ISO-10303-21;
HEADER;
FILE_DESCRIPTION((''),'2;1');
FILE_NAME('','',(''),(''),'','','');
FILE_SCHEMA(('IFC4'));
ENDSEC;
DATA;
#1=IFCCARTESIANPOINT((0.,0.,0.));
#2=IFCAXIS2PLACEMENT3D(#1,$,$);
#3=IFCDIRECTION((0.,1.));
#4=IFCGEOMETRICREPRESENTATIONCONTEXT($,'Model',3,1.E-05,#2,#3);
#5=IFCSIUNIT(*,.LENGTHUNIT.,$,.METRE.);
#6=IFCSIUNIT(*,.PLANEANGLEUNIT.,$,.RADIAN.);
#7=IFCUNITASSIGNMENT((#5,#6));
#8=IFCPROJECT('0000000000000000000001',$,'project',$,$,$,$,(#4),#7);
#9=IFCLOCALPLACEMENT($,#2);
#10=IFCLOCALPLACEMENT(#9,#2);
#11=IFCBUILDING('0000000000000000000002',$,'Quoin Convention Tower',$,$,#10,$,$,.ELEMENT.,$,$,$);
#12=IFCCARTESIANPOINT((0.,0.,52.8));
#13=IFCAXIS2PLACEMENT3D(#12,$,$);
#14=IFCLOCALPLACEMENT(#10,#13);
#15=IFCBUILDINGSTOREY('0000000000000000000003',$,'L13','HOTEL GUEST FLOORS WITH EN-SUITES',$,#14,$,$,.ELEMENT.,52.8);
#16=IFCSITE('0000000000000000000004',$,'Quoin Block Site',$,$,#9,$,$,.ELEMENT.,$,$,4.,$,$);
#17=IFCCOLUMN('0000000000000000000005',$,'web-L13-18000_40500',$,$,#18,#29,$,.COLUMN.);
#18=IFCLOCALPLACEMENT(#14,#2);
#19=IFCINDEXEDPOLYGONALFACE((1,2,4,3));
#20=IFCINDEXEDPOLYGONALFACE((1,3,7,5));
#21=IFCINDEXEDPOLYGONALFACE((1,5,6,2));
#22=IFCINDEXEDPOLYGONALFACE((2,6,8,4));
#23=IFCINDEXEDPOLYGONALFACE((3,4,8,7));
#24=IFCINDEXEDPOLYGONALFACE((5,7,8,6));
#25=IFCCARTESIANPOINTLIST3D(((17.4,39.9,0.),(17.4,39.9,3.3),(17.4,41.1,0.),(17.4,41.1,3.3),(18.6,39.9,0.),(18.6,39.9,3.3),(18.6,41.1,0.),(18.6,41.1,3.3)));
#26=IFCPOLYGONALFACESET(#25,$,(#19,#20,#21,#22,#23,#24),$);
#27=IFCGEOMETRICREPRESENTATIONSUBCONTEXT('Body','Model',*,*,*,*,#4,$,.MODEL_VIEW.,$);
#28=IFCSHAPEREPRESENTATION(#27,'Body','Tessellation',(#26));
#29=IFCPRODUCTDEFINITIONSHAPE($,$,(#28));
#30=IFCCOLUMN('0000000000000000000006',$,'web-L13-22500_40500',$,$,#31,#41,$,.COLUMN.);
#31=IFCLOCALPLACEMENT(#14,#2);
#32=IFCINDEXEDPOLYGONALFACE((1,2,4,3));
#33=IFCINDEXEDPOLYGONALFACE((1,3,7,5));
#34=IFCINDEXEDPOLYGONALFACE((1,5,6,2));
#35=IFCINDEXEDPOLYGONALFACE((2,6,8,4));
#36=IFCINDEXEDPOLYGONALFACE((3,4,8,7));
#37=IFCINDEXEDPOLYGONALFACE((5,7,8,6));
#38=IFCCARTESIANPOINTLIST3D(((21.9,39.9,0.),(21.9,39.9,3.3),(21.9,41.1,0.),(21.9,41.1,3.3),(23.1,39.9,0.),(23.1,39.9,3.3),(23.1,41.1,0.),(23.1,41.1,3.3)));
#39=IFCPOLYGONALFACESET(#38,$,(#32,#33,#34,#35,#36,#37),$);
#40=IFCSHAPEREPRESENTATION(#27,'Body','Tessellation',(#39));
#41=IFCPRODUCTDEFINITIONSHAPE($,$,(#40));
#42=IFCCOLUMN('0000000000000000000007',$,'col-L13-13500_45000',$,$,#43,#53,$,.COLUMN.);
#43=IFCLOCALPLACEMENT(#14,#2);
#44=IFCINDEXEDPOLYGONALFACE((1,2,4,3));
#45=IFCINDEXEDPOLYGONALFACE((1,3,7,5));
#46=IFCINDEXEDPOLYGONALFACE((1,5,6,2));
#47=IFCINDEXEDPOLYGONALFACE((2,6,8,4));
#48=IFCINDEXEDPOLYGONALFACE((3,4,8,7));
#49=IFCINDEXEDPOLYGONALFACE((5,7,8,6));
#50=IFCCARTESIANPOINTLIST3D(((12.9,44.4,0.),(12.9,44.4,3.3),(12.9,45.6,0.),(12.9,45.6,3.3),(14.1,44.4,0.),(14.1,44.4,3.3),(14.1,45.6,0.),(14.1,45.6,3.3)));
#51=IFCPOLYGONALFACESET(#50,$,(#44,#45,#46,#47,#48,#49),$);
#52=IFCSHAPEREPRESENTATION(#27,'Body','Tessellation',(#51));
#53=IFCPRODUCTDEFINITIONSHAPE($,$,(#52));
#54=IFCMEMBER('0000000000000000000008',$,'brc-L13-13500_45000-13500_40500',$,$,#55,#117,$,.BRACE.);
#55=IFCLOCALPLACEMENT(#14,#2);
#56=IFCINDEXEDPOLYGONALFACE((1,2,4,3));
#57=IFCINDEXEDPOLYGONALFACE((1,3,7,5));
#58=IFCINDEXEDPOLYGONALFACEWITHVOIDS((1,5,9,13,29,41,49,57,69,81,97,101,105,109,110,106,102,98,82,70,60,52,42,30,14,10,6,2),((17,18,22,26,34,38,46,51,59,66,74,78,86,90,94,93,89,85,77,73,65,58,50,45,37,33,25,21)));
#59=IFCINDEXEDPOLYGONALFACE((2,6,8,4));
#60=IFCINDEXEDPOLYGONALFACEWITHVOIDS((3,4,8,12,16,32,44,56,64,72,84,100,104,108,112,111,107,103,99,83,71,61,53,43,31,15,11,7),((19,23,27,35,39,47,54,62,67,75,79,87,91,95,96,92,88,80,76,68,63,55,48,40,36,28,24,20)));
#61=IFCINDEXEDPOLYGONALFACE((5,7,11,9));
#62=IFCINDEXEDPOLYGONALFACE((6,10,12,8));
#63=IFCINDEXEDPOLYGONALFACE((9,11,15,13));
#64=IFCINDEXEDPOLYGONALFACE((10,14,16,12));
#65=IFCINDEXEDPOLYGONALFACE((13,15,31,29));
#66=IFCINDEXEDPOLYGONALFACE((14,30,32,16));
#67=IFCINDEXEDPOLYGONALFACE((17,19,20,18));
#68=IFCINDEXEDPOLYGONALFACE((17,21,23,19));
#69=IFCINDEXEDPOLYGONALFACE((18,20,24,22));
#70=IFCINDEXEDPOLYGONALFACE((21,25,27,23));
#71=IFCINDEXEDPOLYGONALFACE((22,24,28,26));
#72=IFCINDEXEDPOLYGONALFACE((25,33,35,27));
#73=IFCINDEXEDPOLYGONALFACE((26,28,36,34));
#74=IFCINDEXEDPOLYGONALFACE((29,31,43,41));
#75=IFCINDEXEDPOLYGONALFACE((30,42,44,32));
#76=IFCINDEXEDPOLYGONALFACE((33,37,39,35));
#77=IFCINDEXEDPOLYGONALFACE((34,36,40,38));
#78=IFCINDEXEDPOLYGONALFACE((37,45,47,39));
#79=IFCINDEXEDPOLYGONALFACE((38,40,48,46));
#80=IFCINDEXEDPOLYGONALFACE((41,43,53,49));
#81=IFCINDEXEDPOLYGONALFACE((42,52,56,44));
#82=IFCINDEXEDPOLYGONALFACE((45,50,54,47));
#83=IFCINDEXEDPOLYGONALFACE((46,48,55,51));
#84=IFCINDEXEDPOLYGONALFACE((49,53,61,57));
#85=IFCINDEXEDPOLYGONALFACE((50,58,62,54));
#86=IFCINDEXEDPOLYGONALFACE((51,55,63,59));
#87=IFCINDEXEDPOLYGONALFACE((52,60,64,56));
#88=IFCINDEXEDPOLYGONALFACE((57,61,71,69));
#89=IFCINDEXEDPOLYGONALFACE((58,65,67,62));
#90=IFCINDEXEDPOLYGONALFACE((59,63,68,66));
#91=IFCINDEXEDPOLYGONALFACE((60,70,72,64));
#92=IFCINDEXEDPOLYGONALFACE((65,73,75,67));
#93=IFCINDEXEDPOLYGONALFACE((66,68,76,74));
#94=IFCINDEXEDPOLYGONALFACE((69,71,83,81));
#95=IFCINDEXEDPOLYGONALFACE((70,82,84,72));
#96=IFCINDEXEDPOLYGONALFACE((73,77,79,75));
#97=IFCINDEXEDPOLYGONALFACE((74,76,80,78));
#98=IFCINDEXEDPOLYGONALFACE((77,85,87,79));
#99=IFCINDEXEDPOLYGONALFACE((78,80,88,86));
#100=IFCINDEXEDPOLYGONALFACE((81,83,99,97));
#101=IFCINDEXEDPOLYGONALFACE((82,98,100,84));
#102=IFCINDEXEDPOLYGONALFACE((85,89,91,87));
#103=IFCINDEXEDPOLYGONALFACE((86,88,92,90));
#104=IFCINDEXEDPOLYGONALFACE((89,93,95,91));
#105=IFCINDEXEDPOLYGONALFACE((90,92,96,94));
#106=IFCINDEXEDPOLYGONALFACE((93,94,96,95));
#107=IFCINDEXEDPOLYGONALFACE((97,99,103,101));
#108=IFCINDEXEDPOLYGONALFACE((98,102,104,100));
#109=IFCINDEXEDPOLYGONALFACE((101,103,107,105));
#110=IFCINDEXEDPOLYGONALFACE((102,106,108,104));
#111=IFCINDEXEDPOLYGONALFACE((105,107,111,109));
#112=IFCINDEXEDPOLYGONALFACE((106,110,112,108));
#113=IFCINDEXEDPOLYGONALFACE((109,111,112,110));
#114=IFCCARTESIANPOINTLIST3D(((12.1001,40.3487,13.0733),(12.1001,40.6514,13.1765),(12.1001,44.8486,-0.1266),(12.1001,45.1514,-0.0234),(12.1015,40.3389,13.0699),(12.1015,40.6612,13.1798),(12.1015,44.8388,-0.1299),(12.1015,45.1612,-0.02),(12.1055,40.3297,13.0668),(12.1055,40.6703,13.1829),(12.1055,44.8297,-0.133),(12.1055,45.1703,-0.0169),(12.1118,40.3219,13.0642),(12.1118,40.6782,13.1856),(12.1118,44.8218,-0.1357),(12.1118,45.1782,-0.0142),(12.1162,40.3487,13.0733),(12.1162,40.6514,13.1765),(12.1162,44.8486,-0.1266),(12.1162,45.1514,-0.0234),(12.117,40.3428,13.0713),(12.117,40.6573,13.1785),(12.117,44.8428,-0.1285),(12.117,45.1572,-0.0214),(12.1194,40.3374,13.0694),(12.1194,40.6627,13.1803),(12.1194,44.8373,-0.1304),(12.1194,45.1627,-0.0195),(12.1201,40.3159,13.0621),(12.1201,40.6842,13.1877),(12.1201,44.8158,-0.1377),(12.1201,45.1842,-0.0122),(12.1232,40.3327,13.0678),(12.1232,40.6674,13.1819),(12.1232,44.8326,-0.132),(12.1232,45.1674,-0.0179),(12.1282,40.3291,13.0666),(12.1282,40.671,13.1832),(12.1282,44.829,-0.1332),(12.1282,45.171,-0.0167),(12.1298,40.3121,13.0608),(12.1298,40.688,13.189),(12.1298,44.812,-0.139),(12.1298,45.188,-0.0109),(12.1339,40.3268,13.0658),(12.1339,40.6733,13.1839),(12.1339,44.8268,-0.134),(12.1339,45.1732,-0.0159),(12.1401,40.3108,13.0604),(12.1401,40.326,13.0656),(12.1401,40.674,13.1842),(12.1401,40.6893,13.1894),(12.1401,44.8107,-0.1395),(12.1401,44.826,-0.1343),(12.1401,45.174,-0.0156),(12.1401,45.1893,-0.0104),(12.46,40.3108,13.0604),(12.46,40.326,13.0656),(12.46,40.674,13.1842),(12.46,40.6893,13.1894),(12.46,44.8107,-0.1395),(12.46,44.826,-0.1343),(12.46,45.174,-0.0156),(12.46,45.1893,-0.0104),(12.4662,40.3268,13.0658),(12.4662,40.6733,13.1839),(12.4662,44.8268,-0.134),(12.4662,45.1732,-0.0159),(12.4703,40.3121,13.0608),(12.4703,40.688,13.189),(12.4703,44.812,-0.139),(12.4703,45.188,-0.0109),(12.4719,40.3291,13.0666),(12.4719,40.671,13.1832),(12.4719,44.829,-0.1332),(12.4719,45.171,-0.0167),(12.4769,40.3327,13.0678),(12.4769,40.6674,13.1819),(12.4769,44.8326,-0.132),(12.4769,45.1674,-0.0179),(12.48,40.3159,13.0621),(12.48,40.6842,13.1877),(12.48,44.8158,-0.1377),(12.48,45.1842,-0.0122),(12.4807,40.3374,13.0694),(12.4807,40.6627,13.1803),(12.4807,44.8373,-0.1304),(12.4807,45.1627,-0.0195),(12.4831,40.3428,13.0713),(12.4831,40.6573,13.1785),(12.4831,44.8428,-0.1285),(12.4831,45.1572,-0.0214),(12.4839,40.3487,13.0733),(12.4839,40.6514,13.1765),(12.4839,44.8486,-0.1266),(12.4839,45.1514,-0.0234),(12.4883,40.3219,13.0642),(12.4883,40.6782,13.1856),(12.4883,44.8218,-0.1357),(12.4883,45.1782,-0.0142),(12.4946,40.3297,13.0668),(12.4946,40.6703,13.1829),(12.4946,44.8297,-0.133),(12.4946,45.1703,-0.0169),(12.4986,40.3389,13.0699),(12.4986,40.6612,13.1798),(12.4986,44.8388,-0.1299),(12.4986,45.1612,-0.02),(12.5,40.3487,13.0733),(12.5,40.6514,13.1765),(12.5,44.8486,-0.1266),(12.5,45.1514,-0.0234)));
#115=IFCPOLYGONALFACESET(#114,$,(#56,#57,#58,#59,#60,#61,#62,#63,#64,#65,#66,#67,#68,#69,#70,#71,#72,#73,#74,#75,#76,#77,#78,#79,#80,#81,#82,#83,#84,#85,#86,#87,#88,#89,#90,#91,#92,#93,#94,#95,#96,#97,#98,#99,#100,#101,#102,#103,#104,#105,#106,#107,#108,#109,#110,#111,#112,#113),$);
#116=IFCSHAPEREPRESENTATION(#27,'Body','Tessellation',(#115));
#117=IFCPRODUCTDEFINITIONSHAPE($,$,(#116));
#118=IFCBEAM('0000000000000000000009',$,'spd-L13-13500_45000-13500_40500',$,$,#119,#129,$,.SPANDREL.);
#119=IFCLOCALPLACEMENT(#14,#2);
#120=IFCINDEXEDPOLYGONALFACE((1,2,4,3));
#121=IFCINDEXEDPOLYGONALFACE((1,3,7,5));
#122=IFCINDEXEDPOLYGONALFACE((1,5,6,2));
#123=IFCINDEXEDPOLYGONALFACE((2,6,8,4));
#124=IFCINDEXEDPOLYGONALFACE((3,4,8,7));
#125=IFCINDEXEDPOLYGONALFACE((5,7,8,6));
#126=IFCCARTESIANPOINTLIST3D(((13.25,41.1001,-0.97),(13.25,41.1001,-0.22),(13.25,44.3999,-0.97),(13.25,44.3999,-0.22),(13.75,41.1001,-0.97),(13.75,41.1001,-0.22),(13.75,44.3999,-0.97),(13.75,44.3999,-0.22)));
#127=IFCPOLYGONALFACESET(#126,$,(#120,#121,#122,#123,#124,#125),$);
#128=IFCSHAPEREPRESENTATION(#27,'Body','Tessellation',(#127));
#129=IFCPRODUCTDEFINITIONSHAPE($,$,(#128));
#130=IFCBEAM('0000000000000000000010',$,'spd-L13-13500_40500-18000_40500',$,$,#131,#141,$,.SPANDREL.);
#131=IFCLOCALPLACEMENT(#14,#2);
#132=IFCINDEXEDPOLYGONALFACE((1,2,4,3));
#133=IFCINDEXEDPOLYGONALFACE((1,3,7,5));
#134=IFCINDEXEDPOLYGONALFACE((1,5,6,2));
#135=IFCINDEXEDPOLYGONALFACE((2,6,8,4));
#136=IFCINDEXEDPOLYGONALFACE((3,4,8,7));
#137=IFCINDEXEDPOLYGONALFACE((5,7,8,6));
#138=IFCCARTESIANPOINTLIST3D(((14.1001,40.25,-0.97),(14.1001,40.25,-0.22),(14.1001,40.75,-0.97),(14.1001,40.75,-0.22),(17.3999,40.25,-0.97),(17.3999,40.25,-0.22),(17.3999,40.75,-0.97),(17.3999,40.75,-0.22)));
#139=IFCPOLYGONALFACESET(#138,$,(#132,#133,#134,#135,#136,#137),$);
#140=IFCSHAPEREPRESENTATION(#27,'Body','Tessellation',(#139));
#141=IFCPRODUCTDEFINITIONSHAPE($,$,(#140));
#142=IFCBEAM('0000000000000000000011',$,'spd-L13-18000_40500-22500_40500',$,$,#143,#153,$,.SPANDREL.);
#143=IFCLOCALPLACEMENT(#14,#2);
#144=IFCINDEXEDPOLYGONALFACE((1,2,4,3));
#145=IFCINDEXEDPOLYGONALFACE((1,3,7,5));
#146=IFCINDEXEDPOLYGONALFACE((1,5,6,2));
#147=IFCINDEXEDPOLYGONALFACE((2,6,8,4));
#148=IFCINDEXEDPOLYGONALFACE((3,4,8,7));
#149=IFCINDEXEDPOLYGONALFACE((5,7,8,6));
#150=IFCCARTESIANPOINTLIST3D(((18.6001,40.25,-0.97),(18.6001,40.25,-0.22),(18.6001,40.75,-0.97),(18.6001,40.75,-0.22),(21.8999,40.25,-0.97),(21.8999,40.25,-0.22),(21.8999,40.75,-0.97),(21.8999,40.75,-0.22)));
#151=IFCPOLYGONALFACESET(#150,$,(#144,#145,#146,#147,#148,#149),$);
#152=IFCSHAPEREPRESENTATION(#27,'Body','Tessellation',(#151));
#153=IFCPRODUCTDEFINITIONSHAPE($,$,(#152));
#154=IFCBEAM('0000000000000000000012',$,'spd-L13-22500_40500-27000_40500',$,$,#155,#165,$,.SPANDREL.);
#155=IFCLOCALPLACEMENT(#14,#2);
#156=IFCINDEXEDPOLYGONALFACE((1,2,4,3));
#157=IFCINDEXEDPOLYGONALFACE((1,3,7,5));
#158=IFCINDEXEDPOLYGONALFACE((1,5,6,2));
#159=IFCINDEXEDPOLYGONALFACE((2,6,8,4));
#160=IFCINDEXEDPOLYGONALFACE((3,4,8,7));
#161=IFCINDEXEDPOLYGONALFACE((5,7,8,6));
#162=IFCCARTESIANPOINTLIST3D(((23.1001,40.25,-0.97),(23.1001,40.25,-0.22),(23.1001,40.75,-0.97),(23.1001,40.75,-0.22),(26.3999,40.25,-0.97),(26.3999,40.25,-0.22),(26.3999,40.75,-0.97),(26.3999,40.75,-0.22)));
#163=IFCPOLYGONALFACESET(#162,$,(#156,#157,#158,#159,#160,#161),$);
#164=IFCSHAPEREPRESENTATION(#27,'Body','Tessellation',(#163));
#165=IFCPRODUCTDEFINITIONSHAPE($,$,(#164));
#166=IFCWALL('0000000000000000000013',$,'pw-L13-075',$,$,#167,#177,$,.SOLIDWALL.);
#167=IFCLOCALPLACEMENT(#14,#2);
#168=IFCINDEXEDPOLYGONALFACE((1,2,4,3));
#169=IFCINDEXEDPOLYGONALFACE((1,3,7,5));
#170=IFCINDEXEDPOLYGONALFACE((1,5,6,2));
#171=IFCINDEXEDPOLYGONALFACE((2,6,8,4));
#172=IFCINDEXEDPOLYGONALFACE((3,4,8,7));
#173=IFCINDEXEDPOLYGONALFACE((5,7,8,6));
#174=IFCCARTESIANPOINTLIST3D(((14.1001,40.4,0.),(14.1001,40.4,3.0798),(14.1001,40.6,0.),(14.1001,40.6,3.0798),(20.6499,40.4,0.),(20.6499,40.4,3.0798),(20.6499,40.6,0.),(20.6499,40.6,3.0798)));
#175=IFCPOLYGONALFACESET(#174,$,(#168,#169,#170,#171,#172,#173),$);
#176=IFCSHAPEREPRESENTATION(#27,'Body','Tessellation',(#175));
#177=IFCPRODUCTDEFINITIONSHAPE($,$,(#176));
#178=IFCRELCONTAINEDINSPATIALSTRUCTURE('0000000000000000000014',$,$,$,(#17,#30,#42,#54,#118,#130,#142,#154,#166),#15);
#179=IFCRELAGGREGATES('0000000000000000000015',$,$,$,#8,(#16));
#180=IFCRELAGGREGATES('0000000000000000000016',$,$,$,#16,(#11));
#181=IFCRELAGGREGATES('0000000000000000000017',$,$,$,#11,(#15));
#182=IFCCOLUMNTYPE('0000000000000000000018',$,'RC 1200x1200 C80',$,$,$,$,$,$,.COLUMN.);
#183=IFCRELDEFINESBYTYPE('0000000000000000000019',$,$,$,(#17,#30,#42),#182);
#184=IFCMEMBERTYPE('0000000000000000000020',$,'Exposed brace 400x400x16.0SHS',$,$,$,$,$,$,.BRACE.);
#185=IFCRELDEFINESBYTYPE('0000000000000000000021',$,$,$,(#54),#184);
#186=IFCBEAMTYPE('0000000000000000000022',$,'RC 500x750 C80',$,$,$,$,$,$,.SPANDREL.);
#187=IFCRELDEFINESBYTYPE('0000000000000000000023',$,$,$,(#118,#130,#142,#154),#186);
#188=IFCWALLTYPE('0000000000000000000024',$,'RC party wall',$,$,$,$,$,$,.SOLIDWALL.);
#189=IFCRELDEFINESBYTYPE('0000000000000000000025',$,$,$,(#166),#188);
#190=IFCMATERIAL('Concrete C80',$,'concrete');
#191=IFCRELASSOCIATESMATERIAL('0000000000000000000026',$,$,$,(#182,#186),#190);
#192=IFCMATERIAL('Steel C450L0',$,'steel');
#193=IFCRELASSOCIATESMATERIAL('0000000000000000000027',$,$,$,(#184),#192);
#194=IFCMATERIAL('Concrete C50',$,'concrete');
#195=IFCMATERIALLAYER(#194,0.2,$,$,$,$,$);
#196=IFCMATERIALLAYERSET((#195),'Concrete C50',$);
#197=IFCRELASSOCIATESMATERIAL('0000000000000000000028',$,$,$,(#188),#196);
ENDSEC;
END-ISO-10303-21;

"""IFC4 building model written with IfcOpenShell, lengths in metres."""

from ifc_helpers import new_model, si_unit, direction, frame, frame_2d, origin, origin_2d, place, context, subcontext, project, spatial, rectangle, hollow_rectangle, extrude, material, layer, layer_set, material_profile, profile_set, type_object, element, save


model = new_model("IFC4")

# Units and contexts
model_context = context("Model", 3, precision=1e-05, world=origin(), true_north=direction((0.0, 1.0)))
body_context = subcontext(model_context, "Body", "Model", "MODEL_VIEW")
ifc_project = project(units=[si_unit("LENGTHUNIT", "METRE"), si_unit("PLANEANGLEUNIT", "RADIAN")], contexts=[model_context])

# Site, building, storey
site_placement = place(None, origin())
site = spatial("IfcSite", under=ifc_project, at=site_placement, Name="Quoin Block Site", CompositionType="ELEMENT", RefElevation=4.0)
building_placement = place(site_placement, origin())
building = spatial("IfcBuilding", under=site, at=building_placement, Name="Quoin Convention Tower", CompositionType="ELEMENT")
storey_placement = place(building_placement, frame((0.0, 0.0, 52.8)))
storey = spatial("IfcBuildingStorey", under=building, at=storey_placement, Name="L13", Description="HOTEL GUEST FLOORS WITH EN-SUITES", CompositionType="ELEMENT", Elevation=52.8)

# Columns
ifc_material_1 = material(Name="Concrete C80", Category="concrete")
ifc_material_profile_1 = material_profile(ifc_material_1, rectangle(XDim=1.2, YDim=1.2, at=origin_2d()), Name="RC 1200x1200")
ifc_profile_set_1 = profile_set([ifc_material_profile_1], Name="Concrete C80")
column_type = type_object("IfcColumnType", Name="RC 1200x1200 C80", PredefinedType="COLUMN", material=ifc_profile_set_1)
for number, where, z_axis, x_axis, name in (
    (1, (18.0, 40.5, 0.0), (0.0, 0.0, 1.0), (1.0, 0.0, 0.0), "web-L13-18000_40500"),
    (2, (22.5, 40.5, 0.0), (0.0, 0.0, 1.0), (1.0, 0.0, 0.0), "web-L13-22500_40500"),
    (3, (13.5, 45.0, 0.0), (0.0, 0.0, 1.0), (1.0, 0.0, 0.0), "col-L13-13500_45000"),
):
    element("IfcColumn", number, at=place(storey_placement, frame(where, z_axis=z_axis, x_axis=x_axis)), inside=storey, type_object=column_type, Name=name, PredefinedType="COLUMN", context=body_context, shape_type="SweptSolid", body=[
        extrude(rectangle(XDim=1.2, YDim=1.2, at=origin_2d()), origin(), (0.0, 0.0, 1.0), 3.3),
    ])

# Member
ifc_material_2 = material(Name="Steel C450L0", Category="steel")
ifc_material_profile_2 = material_profile(ifc_material_2, hollow_rectangle(XDim=0.3999, YDim=0.3999, WallThickness=0.0161, InnerFilletRadius=0.0239, OuterFilletRadius=0.04, at=origin_2d()), Name="400x400x16.0SHS")
ifc_profile_set_2 = profile_set([ifc_material_profile_2], Name="Steel C450L0")
member_type = type_object("IfcMemberType", Name="Exposed brace 400x400x16.0SHS", PredefinedType="BRACE", material=ifc_profile_set_2)
member_placement = place(storey_placement, frame((12.3, 45.0, -0.075), z_axis=(0.0, -0.322675, 0.94651), x_axis=(1.0, 0.0, 0.0)))
element("IfcMember", 4, at=member_placement, inside=storey, type_object=member_type, Name="brc-L13-13500_45000-13500_40500", PredefinedType="BRACE", context=body_context, shape_type="SweptSolid", body=[
    extrude(hollow_rectangle(XDim=0.3999, YDim=0.3999, WallThickness=0.0161, InnerFilletRadius=0.0239, OuterFilletRadius=0.04, at=origin_2d()), origin(), (0.0, 0.0, 1.0), 13.9458),
])

# Beams
ifc_material_profile_3 = material_profile(ifc_material_1, rectangle(XDim=0.5, YDim=0.75, at=origin_2d()), Name="RC 500x750")
ifc_profile_set_3 = profile_set([ifc_material_profile_3], Name="Concrete C80")
beam_type = type_object("IfcBeamType", Name="RC 500x750 C80", PredefinedType="SPANDREL", material=ifc_profile_set_3)
for number, where, z_axis, x_axis, name in (
    (5, (13.5, 44.3999, -0.595), (0.0, -1.0, 0.0), (1.0, 0.0, 0.0), "spd-L13-13500_45000-13500_40500"),
    (6, (14.1001, 40.5, -0.595), (1.0, 0.0, 0.0), (0.0, 1.0, 0.0), "spd-L13-13500_40500-18000_40500"),
    (7, (18.6001, 40.5, -0.595), (1.0, 0.0, 0.0), (0.0, 1.0, 0.0), "spd-L13-18000_40500-22500_40500"),
    (8, (23.1001, 40.5, -0.595), (1.0, 0.0, 0.0), (0.0, 1.0, 0.0), "spd-L13-22500_40500-27000_40500"),
):
    element("IfcBeam", number, at=place(storey_placement, frame(where, z_axis=z_axis, x_axis=x_axis)), inside=storey, type_object=beam_type, Name=name, PredefinedType="SPANDREL", context=body_context, shape_type="SweptSolid", body=[
        extrude(rectangle(XDim=0.5, YDim=0.75, at=origin_2d()), origin(), (0.0, 0.0, 1.0), 3.2998),
    ])

# Wall
ifc_material_3 = material(Name="Concrete C50", Category="concrete")
ifc_layer_1 = layer(ifc_material_3, 0.2)
ifc_layer_set_1 = layer_set([ifc_layer_1], Name="Concrete C50")
wall_type_1 = type_object("IfcWallType", Name="RC party wall", PredefinedType="SOLIDWALL", material=ifc_layer_set_1)
wall_1_placement = place(storey_placement, frame((14.1001, 40.5, 0.0), z_axis=(0.0, 0.0, 1.0), x_axis=(1.0, 0.0, 0.0)))
element("IfcWall", 9, at=wall_1_placement, inside=storey, type_object=wall_type_1, Name="pw-L13-075", PredefinedType="SOLIDWALL", context=body_context, shape_type="SweptSolid", body=[
    extrude(rectangle(XDim=6.5498, YDim=0.2, at=frame_2d((3.2749, 0.0))), origin(), (0.0, 0.0, 1.0), 3.0798),
])

save(model, "model.ifc")
